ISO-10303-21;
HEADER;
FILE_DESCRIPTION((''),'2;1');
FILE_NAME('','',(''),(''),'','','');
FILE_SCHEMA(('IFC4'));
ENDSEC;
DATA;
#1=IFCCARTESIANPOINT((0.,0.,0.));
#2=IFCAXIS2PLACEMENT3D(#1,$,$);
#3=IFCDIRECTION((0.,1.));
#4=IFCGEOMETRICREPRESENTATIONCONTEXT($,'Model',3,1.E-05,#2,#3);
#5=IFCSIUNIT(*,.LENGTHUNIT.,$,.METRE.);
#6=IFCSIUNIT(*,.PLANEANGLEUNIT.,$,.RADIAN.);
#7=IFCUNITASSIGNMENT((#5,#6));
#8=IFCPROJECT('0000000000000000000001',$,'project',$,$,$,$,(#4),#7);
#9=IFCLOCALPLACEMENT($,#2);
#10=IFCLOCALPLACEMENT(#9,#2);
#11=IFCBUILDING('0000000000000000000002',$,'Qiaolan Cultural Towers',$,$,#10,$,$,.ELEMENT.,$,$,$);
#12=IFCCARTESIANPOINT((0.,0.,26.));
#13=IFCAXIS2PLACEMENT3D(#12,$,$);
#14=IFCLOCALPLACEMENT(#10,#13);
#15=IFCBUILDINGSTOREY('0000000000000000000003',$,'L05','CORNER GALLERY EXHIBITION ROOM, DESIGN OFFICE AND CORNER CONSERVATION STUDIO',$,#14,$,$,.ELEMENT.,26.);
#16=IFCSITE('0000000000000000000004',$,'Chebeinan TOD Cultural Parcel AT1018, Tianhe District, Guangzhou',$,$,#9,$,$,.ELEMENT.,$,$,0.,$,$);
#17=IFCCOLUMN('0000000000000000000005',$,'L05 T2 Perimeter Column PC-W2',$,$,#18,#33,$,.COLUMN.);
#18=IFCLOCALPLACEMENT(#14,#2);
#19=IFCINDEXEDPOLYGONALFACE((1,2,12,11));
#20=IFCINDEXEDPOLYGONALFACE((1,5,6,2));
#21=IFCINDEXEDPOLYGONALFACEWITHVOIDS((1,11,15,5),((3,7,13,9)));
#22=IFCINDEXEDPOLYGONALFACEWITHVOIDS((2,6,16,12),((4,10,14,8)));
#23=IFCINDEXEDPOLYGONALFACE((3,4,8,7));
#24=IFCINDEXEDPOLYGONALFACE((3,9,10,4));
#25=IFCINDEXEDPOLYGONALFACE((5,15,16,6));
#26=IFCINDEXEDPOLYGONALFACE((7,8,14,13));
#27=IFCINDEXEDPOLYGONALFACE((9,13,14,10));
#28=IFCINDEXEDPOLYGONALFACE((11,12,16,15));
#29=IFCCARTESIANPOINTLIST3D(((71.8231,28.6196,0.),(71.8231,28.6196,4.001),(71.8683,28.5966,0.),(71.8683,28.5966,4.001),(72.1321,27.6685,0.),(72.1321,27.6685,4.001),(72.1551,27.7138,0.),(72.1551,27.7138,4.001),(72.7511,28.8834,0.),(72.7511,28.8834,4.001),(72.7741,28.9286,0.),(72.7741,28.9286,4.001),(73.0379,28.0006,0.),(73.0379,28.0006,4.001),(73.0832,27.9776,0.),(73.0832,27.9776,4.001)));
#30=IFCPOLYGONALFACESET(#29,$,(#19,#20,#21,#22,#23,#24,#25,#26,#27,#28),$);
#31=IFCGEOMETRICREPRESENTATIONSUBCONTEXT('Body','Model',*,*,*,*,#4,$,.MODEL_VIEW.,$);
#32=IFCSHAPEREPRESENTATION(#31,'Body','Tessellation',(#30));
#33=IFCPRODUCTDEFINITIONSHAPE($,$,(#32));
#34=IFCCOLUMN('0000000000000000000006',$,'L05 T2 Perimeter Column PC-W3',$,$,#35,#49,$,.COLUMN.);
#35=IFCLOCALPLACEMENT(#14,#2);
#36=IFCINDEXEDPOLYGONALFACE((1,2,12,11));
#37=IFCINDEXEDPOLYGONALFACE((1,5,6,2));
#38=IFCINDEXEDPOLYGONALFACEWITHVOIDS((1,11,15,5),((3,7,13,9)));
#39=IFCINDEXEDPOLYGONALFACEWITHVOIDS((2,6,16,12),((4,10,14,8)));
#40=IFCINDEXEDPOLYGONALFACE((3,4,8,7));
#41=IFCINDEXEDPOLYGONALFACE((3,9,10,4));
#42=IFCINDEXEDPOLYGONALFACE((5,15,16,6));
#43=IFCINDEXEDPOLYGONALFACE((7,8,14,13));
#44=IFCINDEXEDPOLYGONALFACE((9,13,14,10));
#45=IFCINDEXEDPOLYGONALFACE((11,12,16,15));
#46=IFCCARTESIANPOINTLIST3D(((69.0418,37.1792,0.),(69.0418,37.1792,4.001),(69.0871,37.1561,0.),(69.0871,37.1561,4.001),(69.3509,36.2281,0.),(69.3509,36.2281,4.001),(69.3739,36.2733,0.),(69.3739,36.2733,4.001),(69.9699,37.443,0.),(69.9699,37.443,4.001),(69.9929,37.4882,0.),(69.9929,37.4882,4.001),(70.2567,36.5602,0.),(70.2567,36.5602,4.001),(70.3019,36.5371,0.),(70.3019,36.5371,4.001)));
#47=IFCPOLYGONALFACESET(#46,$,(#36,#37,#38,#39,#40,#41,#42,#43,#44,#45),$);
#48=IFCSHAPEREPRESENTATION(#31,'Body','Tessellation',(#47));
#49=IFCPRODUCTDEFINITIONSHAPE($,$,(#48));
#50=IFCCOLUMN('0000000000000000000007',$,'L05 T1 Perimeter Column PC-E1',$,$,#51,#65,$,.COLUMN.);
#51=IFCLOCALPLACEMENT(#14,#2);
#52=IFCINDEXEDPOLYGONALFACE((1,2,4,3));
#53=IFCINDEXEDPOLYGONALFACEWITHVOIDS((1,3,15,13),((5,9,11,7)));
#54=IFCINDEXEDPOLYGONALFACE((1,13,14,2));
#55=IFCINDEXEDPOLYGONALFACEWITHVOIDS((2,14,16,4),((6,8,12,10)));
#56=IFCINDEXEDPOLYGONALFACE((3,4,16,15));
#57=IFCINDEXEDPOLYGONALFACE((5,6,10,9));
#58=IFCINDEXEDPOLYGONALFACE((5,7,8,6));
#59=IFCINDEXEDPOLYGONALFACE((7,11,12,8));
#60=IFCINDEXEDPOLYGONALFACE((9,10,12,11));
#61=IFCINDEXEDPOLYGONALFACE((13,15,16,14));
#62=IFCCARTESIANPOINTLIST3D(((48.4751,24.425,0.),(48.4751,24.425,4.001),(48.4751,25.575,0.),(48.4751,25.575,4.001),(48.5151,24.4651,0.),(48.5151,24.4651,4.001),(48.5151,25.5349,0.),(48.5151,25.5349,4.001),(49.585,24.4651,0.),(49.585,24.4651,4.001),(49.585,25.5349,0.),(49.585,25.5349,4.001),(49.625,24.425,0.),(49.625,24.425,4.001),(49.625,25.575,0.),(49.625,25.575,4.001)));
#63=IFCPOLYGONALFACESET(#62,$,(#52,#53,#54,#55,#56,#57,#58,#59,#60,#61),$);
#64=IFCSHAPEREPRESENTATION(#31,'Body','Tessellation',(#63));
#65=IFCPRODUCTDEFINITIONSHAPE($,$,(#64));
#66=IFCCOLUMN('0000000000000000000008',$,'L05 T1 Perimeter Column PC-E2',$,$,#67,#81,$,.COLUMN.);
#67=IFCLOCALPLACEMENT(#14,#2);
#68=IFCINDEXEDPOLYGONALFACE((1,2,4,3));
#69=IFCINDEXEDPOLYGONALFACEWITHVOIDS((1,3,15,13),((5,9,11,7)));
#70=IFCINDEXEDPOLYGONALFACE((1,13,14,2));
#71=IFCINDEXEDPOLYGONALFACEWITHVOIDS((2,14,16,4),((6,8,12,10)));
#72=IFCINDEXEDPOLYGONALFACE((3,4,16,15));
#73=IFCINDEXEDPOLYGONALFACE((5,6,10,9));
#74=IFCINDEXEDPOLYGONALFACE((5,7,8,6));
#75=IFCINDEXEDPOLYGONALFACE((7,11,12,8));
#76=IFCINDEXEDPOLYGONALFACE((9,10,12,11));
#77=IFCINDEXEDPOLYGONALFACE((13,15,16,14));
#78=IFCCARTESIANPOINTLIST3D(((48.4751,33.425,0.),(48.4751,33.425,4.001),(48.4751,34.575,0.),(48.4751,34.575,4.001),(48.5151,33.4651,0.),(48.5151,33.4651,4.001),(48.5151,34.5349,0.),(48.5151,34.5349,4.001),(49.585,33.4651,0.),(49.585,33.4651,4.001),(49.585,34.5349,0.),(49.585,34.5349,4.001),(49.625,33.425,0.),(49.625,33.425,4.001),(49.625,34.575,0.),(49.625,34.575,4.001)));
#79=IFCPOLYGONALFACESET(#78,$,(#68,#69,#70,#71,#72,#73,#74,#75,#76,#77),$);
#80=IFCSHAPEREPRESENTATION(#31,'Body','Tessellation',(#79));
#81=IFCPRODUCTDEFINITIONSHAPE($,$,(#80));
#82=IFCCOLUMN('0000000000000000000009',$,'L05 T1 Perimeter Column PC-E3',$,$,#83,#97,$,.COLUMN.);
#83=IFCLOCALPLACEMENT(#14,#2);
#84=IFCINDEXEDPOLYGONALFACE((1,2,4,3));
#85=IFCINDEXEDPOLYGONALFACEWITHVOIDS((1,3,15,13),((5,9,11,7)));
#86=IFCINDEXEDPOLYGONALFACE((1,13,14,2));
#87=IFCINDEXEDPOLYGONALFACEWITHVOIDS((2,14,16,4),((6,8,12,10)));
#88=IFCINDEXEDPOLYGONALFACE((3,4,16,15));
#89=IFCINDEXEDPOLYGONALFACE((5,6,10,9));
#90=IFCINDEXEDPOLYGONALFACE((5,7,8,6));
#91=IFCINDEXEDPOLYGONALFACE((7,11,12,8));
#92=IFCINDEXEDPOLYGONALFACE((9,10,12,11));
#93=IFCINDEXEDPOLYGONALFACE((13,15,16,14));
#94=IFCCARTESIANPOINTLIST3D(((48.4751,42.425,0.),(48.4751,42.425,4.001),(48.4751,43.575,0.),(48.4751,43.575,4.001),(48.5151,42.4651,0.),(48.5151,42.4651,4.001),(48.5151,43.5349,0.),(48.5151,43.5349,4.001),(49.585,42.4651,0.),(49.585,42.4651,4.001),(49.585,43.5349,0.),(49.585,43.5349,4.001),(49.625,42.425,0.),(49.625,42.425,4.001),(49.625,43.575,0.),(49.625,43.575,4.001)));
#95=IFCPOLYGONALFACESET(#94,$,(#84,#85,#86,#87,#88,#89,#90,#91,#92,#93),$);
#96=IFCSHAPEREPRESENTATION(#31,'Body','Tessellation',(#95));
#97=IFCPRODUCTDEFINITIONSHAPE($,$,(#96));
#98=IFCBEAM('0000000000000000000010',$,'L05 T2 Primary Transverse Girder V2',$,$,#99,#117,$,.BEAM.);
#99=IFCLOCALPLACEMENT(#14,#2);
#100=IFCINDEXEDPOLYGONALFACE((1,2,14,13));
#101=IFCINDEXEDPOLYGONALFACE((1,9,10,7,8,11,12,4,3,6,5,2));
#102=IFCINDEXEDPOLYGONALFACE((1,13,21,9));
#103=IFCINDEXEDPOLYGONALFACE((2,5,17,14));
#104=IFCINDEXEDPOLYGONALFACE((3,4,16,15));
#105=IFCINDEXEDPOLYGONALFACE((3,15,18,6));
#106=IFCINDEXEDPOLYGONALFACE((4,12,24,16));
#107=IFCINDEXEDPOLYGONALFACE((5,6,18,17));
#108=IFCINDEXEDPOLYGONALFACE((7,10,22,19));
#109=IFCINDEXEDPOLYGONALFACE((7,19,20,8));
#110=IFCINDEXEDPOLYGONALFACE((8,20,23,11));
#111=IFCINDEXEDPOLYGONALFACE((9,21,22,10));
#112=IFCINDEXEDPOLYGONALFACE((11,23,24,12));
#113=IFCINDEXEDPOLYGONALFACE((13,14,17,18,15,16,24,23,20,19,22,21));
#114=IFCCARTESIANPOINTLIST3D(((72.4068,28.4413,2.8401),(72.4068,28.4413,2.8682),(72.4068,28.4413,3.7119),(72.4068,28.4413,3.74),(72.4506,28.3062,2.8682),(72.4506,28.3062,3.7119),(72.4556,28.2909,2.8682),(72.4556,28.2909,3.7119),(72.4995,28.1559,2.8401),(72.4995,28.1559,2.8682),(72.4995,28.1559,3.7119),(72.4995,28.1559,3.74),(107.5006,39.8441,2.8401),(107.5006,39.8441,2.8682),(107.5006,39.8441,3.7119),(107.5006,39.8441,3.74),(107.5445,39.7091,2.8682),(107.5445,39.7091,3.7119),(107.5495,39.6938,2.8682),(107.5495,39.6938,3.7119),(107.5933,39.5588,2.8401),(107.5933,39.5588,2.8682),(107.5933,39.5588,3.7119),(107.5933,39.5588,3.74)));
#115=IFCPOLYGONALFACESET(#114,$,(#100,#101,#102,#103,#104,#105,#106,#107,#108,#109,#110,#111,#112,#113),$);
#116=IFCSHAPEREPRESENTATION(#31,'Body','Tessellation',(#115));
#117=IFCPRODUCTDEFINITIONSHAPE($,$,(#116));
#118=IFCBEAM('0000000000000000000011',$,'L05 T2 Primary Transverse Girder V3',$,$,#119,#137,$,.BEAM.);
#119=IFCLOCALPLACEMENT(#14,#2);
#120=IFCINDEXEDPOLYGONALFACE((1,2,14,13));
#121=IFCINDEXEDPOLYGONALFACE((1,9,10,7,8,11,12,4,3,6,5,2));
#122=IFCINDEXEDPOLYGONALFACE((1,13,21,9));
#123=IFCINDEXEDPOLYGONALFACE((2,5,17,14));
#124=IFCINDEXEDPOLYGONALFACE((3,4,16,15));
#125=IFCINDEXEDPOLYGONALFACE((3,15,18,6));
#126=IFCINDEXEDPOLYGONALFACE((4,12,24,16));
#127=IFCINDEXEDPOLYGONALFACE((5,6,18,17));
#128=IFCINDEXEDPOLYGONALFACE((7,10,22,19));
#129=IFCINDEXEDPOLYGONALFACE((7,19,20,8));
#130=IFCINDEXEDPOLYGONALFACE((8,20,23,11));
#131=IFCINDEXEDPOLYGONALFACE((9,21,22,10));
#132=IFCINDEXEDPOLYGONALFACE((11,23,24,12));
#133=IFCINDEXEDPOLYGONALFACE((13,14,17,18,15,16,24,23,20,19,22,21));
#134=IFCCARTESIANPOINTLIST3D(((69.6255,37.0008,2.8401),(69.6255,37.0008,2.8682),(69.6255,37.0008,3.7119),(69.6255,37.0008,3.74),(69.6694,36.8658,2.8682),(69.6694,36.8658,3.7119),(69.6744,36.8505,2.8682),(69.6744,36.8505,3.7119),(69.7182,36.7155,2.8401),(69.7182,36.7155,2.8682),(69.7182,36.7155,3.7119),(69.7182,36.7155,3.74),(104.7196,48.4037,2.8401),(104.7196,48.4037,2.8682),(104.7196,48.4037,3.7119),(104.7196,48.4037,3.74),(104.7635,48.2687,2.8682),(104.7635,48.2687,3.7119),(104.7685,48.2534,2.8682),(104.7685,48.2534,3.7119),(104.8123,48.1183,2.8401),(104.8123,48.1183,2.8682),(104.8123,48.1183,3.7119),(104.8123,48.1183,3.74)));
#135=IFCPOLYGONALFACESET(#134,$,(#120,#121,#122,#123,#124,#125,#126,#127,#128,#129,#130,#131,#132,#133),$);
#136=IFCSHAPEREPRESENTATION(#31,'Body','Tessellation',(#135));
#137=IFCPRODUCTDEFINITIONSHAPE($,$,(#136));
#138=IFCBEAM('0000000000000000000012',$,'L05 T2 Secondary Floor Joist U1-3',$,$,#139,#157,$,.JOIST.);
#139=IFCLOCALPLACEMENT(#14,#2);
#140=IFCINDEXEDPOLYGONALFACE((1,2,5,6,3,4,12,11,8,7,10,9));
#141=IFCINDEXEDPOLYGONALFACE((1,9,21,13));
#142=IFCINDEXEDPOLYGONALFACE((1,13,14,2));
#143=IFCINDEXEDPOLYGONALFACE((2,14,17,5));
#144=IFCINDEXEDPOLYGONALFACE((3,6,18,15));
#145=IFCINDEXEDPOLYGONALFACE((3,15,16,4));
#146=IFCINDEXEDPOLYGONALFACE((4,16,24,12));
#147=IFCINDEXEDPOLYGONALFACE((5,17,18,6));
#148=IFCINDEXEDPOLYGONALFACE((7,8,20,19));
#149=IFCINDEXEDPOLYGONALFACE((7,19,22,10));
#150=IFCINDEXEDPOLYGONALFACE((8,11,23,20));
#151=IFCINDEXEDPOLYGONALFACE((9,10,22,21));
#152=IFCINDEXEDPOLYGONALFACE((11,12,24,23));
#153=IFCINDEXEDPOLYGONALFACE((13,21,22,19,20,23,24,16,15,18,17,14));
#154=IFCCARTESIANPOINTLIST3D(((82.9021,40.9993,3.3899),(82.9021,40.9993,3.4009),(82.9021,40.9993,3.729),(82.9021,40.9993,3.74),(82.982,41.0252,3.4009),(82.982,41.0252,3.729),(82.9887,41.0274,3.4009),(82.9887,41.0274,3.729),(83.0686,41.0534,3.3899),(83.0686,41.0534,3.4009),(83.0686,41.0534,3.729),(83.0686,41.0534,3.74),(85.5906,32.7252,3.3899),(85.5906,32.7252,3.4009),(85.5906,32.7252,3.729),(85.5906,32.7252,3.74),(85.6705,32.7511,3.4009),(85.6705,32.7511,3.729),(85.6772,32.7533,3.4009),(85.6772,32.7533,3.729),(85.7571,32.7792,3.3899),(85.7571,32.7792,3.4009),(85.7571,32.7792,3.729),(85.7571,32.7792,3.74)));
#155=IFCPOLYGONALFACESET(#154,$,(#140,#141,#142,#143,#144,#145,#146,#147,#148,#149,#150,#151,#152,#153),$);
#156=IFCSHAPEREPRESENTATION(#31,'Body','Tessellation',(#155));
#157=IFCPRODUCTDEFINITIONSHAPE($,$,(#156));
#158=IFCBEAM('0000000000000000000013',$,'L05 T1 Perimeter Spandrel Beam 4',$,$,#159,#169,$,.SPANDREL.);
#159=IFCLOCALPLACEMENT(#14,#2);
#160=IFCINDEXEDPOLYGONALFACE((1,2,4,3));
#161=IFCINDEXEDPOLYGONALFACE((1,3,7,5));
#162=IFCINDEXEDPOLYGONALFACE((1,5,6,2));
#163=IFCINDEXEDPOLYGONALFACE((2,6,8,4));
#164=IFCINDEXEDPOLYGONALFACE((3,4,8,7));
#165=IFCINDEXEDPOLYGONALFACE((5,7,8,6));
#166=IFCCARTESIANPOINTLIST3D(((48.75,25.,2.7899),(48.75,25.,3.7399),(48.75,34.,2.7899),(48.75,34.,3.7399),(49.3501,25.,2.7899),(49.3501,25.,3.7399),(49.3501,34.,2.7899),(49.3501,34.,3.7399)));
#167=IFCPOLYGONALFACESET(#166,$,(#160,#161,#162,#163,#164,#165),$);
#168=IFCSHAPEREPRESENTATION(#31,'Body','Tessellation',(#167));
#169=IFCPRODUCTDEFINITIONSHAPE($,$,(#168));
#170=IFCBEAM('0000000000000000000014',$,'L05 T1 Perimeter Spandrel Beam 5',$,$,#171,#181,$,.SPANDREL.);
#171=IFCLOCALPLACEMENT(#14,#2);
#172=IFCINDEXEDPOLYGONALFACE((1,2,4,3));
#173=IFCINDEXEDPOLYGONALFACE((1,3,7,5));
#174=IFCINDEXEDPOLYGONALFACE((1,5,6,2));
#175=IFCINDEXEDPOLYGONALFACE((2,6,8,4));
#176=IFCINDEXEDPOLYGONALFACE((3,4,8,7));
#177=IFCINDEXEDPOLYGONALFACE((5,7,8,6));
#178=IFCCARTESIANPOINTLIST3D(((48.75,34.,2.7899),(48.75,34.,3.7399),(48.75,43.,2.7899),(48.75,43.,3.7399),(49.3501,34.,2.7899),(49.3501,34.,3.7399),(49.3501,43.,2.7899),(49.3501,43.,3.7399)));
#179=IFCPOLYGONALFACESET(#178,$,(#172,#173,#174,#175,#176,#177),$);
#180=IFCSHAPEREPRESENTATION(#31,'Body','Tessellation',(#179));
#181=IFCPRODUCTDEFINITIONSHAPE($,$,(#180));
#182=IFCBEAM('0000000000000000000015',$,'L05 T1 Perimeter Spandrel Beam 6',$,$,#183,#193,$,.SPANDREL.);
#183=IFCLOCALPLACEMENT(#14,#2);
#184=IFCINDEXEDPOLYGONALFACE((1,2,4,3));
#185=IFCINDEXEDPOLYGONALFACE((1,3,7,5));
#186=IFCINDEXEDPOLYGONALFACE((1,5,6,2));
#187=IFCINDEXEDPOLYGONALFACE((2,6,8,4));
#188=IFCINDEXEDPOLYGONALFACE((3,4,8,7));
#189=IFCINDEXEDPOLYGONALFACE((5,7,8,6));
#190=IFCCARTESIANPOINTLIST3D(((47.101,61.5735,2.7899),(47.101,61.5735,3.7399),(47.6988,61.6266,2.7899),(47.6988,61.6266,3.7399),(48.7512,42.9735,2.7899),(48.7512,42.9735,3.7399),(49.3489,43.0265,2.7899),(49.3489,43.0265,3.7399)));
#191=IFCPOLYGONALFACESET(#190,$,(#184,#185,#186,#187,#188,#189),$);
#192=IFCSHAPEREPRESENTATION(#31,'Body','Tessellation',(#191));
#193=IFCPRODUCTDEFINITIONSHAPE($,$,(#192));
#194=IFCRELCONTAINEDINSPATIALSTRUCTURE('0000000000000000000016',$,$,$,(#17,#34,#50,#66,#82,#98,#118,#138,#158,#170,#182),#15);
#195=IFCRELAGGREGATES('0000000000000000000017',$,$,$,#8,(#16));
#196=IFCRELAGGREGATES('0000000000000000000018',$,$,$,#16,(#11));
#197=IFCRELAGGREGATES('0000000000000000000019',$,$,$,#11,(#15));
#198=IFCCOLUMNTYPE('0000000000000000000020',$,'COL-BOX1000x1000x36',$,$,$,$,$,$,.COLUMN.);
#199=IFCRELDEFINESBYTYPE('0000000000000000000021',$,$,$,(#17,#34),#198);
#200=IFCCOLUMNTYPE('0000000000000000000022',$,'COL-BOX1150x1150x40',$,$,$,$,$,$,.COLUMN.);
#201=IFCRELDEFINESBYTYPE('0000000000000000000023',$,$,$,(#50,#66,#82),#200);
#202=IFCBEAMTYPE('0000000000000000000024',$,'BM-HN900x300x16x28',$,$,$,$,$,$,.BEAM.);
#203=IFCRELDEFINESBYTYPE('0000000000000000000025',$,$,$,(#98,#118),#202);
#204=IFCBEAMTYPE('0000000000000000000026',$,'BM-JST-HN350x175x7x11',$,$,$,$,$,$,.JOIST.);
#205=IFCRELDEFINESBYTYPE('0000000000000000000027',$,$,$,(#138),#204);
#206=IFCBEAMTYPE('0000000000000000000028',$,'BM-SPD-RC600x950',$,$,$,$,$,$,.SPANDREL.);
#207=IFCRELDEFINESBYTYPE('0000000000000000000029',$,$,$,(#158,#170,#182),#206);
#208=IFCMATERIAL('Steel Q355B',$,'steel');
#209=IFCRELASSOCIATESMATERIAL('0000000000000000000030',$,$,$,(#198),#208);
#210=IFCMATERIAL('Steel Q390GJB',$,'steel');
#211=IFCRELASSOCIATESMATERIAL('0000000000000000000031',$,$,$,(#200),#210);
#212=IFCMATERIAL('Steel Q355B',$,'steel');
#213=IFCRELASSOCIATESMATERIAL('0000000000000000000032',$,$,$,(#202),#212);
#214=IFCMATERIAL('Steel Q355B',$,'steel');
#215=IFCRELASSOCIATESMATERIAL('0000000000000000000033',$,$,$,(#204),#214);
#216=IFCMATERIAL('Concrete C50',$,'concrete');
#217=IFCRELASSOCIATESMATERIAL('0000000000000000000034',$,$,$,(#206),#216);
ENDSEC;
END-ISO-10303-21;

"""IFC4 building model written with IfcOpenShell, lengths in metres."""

from ifc_helpers import new_model, si_unit, direction, frame, origin, origin_2d, place, context, subcontext, project, spatial, rectangle, hollow_rectangle, i_section, extrude, material, material_profile, profile_set, type_object, element, save


model = new_model("IFC4")

# Units and contexts
model_context = context("Model", 3, precision=1e-05, world=origin(), true_north=direction((0.0, 1.0)))
body_context = subcontext(model_context, "Body", "Model", "MODEL_VIEW")
ifc_project = project(units=[si_unit("LENGTHUNIT", "METRE"), si_unit("PLANEANGLEUNIT", "RADIAN")], contexts=[model_context])

# Site, building, storey
site_placement = place(None, origin())
site = spatial("IfcSite", under=ifc_project, at=site_placement, Name="Chebeinan TOD Cultural Parcel AT1018, Tianhe District, Guangzhou", CompositionType="ELEMENT", RefElevation=0.0)
building_placement = place(site_placement, origin())
building = spatial("IfcBuilding", under=site, at=building_placement, Name="Qiaolan Cultural Towers", CompositionType="ELEMENT")
storey_placement = place(building_placement, frame((0.0, 0.0, 26.0)))
storey = spatial("IfcBuildingStorey", under=building, at=storey_placement, Name="L05", Description="CORNER GALLERY EXHIBITION ROOM, DESIGN OFFICE AND CORNER CONSERVATION STUDIO", CompositionType="ELEMENT", Elevation=26.0)

# Columns
ifc_material_1 = material(Name="Steel Q355B", Category="steel")
ifc_material_profile_1 = material_profile(ifc_material_1, hollow_rectangle(XDim=1.0, YDim=1.0, WallThickness=0.0359, at=origin_2d()), Name="BOX1000x1000x36")
ifc_profile_set_1 = profile_set([ifc_material_profile_1], Name="Steel Q355B")
column_type_1 = type_object("IfcColumnType", Name="COL-BOX1000x1000x36", PredefinedType="COLUMN", material=ifc_profile_set_1)
for number, where, z_axis, x_axis, name in (
    (1, (72.4531, 28.2986, 0.0), (0.0, 0.0, 1.0), (0.951057, 0.309017, 0.0), "L05 T2 Perimeter Column PC-W2"),
    (2, (69.6719, 36.8582, 0.0), (0.0, 0.0, 1.0), (0.951057, 0.309017, 0.0), "L05 T2 Perimeter Column PC-W3"),
):
    element("IfcColumn", number, at=place(storey_placement, frame(where, z_axis=z_axis, x_axis=x_axis)), inside=storey, type_object=column_type_1, Name=name, PredefinedType="COLUMN", context=body_context, shape_type="SweptSolid", body=[
        extrude(hollow_rectangle(XDim=1.0, YDim=1.0, WallThickness=0.0359, at=origin_2d()), origin(), (0.0, 0.0, 1.0), 4.001),
    ])
ifc_material_2 = material(Name="Steel Q390GJB", Category="steel")
ifc_material_profile_2 = material_profile(ifc_material_2, hollow_rectangle(XDim=1.1499, YDim=1.1499, WallThickness=0.04, at=origin_2d()), Name="BOX1150x1150x40")
ifc_profile_set_2 = profile_set([ifc_material_profile_2], Name="Steel Q390GJB")
column_type_2 = type_object("IfcColumnType", Name="COL-BOX1150x1150x40", PredefinedType="COLUMN", material=ifc_profile_set_2)
for number, where, z_axis, x_axis, name in (
    (3, (49.05, 25.0, 0.0), (0.0, 0.0, 1.0), (1.0, 0.0, 0.0), "L05 T1 Perimeter Column PC-E1"),
    (4, (49.05, 34.0, 0.0), (0.0, 0.0, 1.0), (1.0, 0.0, 0.0), "L05 T1 Perimeter Column PC-E2"),
    (5, (49.05, 43.0, 0.0), (0.0, 0.0, 1.0), (1.0, 0.0, 0.0), "L05 T1 Perimeter Column PC-E3"),
):
    element("IfcColumn", number, at=place(storey_placement, frame(where, z_axis=z_axis, x_axis=x_axis)), inside=storey, type_object=column_type_2, Name=name, PredefinedType="COLUMN", context=body_context, shape_type="SweptSolid", body=[
        extrude(hollow_rectangle(XDim=1.1499, YDim=1.1499, WallThickness=0.04, at=origin_2d()), origin(), (0.0, 0.0, 1.0), 4.001),
    ])

# Beams
ifc_material_3 = material(Name="Steel Q355B", Category="steel")
ifc_material_profile_3 = material_profile(ifc_material_3, i_section(OverallWidth=0.3, OverallDepth=0.8999, WebThickness=0.0161, FlangeThickness=0.0281, at=origin_2d()), Name="HN900x300x16x28")
ifc_profile_set_3 = profile_set([ifc_material_profile_3], Name="Steel Q355B")
beam_type_1 = type_object("IfcBeamType", Name="BM-HN900x300x16x28", PredefinedType="BEAM", material=ifc_profile_set_3)
beam_1_placement = place(storey_placement, frame((72.4531, 28.2986, 3.29), z_axis=(0.951055, 0.309021, 0.0), x_axis=(-0.309021, 0.951055, 0.0)))
element("IfcBeam", 6, at=beam_1_placement, inside=storey, type_object=beam_type_1, Name="L05 T2 Primary Transverse Girder V2", PredefinedType="BEAM", context=body_context, shape_type="SweptSolid", body=[
    extrude(i_section(OverallWidth=0.3, OverallDepth=0.8999, WebThickness=0.0161, FlangeThickness=0.0281, at=origin_2d()), origin(), (0.0, 0.0, 1.0), 36.8999),
])
beam_2_placement = place(storey_placement, frame((69.6719, 36.8582, 3.29), z_axis=(0.951056, 0.309019, 0.0), x_axis=(-0.309019, 0.951056, 0.0)))
element("IfcBeam", 7, at=beam_2_placement, inside=storey, type_object=beam_type_1, Name="L05 T2 Primary Transverse Girder V3", PredefinedType="BEAM", context=body_context, shape_type="SweptSolid", body=[
    extrude(i_section(OverallWidth=0.3, OverallDepth=0.8999, WebThickness=0.0161, FlangeThickness=0.0281, at=origin_2d()), origin(), (0.0, 0.0, 1.0), 36.9001),
])
ifc_material_4 = material(Name="Steel Q355B", Category="steel")
ifc_material_profile_4 = material_profile(ifc_material_4, i_section(OverallWidth=0.175, OverallDepth=0.3501, WebThickness=0.0071, FlangeThickness=0.011, at=origin_2d()), Name="HN350x175x7x11")
ifc_profile_set_4 = profile_set([ifc_material_profile_4], Name="Steel Q355B")
beam_type_2 = type_object("IfcBeamType", Name="BM-JST-HN350x175x7x11", PredefinedType="JOIST", material=ifc_profile_set_4)
beam_3_placement = place(storey_placement, frame((85.6738, 32.7522, 3.5649), z_axis=(-0.309021, 0.951055, 0.0), x_axis=(-0.951055, -0.309021, 0.0)))
element("IfcBeam", 8, at=beam_3_placement, inside=storey, type_object=beam_type_2, Name="L05 T2 Secondary Floor Joist U1-3", PredefinedType="JOIST", context=body_context, shape_type="SweptSolid", body=[
    extrude(i_section(OverallWidth=0.175, OverallDepth=0.3501, WebThickness=0.0071, FlangeThickness=0.011, at=origin_2d()), origin(), (0.0, 0.0, 1.0), 8.7),
])
ifc_material_5 = material(Name="Concrete C50", Category="concrete")
ifc_material_profile_5 = material_profile(ifc_material_5, rectangle(XDim=0.6001, YDim=0.95, at=origin_2d()), Name="RC600x950")
ifc_profile_set_5 = profile_set([ifc_material_profile_5], Name="Concrete C50")
beam_type_3 = type_object("IfcBeamType", Name="BM-SPD-RC600x950", PredefinedType="SPANDREL", material=ifc_profile_set_5)
for number, where, z_axis, x_axis, name in (
    (9, (49.05, 25.0, 3.2649), (0.0, 1.0, 0.0), (-1.0, 0.0, 0.0), "L05 T1 Perimeter Spandrel Beam 4"),
    (10, (49.05, 34.0, 3.2649), (0.0, 1.0, 0.0), (-1.0, 0.0, 0.0), "L05 T1 Perimeter Spandrel Beam 5"),
):
    element("IfcBeam", number, at=place(storey_placement, frame(where, z_axis=z_axis, x_axis=x_axis)), inside=storey, type_object=beam_type_3, Name=name, PredefinedType="SPANDREL", context=body_context, shape_type="SweptSolid", body=[
        extrude(rectangle(XDim=0.6001, YDim=0.95, at=origin_2d()), origin(), (0.0, 0.0, 1.0), 9.0),
    ])
beam_4_placement = place(storey_placement, frame((49.05, 43.0, 3.2649), z_axis=(-0.08837, 0.996088, 0.0), x_axis=(-0.996088, -0.08837, 0.0)))
element("IfcBeam", 11, at=beam_4_placement, inside=storey, type_object=beam_type_3, Name="L05 T1 Perimeter Spandrel Beam 6", PredefinedType="SPANDREL", context=body_context, shape_type="SweptSolid", body=[
    extrude(rectangle(XDim=0.6001, YDim=0.95, at=origin_2d()), origin(), (0.0, 0.0, 1.0), 18.6731),
])

save(model, "model.ifc")
